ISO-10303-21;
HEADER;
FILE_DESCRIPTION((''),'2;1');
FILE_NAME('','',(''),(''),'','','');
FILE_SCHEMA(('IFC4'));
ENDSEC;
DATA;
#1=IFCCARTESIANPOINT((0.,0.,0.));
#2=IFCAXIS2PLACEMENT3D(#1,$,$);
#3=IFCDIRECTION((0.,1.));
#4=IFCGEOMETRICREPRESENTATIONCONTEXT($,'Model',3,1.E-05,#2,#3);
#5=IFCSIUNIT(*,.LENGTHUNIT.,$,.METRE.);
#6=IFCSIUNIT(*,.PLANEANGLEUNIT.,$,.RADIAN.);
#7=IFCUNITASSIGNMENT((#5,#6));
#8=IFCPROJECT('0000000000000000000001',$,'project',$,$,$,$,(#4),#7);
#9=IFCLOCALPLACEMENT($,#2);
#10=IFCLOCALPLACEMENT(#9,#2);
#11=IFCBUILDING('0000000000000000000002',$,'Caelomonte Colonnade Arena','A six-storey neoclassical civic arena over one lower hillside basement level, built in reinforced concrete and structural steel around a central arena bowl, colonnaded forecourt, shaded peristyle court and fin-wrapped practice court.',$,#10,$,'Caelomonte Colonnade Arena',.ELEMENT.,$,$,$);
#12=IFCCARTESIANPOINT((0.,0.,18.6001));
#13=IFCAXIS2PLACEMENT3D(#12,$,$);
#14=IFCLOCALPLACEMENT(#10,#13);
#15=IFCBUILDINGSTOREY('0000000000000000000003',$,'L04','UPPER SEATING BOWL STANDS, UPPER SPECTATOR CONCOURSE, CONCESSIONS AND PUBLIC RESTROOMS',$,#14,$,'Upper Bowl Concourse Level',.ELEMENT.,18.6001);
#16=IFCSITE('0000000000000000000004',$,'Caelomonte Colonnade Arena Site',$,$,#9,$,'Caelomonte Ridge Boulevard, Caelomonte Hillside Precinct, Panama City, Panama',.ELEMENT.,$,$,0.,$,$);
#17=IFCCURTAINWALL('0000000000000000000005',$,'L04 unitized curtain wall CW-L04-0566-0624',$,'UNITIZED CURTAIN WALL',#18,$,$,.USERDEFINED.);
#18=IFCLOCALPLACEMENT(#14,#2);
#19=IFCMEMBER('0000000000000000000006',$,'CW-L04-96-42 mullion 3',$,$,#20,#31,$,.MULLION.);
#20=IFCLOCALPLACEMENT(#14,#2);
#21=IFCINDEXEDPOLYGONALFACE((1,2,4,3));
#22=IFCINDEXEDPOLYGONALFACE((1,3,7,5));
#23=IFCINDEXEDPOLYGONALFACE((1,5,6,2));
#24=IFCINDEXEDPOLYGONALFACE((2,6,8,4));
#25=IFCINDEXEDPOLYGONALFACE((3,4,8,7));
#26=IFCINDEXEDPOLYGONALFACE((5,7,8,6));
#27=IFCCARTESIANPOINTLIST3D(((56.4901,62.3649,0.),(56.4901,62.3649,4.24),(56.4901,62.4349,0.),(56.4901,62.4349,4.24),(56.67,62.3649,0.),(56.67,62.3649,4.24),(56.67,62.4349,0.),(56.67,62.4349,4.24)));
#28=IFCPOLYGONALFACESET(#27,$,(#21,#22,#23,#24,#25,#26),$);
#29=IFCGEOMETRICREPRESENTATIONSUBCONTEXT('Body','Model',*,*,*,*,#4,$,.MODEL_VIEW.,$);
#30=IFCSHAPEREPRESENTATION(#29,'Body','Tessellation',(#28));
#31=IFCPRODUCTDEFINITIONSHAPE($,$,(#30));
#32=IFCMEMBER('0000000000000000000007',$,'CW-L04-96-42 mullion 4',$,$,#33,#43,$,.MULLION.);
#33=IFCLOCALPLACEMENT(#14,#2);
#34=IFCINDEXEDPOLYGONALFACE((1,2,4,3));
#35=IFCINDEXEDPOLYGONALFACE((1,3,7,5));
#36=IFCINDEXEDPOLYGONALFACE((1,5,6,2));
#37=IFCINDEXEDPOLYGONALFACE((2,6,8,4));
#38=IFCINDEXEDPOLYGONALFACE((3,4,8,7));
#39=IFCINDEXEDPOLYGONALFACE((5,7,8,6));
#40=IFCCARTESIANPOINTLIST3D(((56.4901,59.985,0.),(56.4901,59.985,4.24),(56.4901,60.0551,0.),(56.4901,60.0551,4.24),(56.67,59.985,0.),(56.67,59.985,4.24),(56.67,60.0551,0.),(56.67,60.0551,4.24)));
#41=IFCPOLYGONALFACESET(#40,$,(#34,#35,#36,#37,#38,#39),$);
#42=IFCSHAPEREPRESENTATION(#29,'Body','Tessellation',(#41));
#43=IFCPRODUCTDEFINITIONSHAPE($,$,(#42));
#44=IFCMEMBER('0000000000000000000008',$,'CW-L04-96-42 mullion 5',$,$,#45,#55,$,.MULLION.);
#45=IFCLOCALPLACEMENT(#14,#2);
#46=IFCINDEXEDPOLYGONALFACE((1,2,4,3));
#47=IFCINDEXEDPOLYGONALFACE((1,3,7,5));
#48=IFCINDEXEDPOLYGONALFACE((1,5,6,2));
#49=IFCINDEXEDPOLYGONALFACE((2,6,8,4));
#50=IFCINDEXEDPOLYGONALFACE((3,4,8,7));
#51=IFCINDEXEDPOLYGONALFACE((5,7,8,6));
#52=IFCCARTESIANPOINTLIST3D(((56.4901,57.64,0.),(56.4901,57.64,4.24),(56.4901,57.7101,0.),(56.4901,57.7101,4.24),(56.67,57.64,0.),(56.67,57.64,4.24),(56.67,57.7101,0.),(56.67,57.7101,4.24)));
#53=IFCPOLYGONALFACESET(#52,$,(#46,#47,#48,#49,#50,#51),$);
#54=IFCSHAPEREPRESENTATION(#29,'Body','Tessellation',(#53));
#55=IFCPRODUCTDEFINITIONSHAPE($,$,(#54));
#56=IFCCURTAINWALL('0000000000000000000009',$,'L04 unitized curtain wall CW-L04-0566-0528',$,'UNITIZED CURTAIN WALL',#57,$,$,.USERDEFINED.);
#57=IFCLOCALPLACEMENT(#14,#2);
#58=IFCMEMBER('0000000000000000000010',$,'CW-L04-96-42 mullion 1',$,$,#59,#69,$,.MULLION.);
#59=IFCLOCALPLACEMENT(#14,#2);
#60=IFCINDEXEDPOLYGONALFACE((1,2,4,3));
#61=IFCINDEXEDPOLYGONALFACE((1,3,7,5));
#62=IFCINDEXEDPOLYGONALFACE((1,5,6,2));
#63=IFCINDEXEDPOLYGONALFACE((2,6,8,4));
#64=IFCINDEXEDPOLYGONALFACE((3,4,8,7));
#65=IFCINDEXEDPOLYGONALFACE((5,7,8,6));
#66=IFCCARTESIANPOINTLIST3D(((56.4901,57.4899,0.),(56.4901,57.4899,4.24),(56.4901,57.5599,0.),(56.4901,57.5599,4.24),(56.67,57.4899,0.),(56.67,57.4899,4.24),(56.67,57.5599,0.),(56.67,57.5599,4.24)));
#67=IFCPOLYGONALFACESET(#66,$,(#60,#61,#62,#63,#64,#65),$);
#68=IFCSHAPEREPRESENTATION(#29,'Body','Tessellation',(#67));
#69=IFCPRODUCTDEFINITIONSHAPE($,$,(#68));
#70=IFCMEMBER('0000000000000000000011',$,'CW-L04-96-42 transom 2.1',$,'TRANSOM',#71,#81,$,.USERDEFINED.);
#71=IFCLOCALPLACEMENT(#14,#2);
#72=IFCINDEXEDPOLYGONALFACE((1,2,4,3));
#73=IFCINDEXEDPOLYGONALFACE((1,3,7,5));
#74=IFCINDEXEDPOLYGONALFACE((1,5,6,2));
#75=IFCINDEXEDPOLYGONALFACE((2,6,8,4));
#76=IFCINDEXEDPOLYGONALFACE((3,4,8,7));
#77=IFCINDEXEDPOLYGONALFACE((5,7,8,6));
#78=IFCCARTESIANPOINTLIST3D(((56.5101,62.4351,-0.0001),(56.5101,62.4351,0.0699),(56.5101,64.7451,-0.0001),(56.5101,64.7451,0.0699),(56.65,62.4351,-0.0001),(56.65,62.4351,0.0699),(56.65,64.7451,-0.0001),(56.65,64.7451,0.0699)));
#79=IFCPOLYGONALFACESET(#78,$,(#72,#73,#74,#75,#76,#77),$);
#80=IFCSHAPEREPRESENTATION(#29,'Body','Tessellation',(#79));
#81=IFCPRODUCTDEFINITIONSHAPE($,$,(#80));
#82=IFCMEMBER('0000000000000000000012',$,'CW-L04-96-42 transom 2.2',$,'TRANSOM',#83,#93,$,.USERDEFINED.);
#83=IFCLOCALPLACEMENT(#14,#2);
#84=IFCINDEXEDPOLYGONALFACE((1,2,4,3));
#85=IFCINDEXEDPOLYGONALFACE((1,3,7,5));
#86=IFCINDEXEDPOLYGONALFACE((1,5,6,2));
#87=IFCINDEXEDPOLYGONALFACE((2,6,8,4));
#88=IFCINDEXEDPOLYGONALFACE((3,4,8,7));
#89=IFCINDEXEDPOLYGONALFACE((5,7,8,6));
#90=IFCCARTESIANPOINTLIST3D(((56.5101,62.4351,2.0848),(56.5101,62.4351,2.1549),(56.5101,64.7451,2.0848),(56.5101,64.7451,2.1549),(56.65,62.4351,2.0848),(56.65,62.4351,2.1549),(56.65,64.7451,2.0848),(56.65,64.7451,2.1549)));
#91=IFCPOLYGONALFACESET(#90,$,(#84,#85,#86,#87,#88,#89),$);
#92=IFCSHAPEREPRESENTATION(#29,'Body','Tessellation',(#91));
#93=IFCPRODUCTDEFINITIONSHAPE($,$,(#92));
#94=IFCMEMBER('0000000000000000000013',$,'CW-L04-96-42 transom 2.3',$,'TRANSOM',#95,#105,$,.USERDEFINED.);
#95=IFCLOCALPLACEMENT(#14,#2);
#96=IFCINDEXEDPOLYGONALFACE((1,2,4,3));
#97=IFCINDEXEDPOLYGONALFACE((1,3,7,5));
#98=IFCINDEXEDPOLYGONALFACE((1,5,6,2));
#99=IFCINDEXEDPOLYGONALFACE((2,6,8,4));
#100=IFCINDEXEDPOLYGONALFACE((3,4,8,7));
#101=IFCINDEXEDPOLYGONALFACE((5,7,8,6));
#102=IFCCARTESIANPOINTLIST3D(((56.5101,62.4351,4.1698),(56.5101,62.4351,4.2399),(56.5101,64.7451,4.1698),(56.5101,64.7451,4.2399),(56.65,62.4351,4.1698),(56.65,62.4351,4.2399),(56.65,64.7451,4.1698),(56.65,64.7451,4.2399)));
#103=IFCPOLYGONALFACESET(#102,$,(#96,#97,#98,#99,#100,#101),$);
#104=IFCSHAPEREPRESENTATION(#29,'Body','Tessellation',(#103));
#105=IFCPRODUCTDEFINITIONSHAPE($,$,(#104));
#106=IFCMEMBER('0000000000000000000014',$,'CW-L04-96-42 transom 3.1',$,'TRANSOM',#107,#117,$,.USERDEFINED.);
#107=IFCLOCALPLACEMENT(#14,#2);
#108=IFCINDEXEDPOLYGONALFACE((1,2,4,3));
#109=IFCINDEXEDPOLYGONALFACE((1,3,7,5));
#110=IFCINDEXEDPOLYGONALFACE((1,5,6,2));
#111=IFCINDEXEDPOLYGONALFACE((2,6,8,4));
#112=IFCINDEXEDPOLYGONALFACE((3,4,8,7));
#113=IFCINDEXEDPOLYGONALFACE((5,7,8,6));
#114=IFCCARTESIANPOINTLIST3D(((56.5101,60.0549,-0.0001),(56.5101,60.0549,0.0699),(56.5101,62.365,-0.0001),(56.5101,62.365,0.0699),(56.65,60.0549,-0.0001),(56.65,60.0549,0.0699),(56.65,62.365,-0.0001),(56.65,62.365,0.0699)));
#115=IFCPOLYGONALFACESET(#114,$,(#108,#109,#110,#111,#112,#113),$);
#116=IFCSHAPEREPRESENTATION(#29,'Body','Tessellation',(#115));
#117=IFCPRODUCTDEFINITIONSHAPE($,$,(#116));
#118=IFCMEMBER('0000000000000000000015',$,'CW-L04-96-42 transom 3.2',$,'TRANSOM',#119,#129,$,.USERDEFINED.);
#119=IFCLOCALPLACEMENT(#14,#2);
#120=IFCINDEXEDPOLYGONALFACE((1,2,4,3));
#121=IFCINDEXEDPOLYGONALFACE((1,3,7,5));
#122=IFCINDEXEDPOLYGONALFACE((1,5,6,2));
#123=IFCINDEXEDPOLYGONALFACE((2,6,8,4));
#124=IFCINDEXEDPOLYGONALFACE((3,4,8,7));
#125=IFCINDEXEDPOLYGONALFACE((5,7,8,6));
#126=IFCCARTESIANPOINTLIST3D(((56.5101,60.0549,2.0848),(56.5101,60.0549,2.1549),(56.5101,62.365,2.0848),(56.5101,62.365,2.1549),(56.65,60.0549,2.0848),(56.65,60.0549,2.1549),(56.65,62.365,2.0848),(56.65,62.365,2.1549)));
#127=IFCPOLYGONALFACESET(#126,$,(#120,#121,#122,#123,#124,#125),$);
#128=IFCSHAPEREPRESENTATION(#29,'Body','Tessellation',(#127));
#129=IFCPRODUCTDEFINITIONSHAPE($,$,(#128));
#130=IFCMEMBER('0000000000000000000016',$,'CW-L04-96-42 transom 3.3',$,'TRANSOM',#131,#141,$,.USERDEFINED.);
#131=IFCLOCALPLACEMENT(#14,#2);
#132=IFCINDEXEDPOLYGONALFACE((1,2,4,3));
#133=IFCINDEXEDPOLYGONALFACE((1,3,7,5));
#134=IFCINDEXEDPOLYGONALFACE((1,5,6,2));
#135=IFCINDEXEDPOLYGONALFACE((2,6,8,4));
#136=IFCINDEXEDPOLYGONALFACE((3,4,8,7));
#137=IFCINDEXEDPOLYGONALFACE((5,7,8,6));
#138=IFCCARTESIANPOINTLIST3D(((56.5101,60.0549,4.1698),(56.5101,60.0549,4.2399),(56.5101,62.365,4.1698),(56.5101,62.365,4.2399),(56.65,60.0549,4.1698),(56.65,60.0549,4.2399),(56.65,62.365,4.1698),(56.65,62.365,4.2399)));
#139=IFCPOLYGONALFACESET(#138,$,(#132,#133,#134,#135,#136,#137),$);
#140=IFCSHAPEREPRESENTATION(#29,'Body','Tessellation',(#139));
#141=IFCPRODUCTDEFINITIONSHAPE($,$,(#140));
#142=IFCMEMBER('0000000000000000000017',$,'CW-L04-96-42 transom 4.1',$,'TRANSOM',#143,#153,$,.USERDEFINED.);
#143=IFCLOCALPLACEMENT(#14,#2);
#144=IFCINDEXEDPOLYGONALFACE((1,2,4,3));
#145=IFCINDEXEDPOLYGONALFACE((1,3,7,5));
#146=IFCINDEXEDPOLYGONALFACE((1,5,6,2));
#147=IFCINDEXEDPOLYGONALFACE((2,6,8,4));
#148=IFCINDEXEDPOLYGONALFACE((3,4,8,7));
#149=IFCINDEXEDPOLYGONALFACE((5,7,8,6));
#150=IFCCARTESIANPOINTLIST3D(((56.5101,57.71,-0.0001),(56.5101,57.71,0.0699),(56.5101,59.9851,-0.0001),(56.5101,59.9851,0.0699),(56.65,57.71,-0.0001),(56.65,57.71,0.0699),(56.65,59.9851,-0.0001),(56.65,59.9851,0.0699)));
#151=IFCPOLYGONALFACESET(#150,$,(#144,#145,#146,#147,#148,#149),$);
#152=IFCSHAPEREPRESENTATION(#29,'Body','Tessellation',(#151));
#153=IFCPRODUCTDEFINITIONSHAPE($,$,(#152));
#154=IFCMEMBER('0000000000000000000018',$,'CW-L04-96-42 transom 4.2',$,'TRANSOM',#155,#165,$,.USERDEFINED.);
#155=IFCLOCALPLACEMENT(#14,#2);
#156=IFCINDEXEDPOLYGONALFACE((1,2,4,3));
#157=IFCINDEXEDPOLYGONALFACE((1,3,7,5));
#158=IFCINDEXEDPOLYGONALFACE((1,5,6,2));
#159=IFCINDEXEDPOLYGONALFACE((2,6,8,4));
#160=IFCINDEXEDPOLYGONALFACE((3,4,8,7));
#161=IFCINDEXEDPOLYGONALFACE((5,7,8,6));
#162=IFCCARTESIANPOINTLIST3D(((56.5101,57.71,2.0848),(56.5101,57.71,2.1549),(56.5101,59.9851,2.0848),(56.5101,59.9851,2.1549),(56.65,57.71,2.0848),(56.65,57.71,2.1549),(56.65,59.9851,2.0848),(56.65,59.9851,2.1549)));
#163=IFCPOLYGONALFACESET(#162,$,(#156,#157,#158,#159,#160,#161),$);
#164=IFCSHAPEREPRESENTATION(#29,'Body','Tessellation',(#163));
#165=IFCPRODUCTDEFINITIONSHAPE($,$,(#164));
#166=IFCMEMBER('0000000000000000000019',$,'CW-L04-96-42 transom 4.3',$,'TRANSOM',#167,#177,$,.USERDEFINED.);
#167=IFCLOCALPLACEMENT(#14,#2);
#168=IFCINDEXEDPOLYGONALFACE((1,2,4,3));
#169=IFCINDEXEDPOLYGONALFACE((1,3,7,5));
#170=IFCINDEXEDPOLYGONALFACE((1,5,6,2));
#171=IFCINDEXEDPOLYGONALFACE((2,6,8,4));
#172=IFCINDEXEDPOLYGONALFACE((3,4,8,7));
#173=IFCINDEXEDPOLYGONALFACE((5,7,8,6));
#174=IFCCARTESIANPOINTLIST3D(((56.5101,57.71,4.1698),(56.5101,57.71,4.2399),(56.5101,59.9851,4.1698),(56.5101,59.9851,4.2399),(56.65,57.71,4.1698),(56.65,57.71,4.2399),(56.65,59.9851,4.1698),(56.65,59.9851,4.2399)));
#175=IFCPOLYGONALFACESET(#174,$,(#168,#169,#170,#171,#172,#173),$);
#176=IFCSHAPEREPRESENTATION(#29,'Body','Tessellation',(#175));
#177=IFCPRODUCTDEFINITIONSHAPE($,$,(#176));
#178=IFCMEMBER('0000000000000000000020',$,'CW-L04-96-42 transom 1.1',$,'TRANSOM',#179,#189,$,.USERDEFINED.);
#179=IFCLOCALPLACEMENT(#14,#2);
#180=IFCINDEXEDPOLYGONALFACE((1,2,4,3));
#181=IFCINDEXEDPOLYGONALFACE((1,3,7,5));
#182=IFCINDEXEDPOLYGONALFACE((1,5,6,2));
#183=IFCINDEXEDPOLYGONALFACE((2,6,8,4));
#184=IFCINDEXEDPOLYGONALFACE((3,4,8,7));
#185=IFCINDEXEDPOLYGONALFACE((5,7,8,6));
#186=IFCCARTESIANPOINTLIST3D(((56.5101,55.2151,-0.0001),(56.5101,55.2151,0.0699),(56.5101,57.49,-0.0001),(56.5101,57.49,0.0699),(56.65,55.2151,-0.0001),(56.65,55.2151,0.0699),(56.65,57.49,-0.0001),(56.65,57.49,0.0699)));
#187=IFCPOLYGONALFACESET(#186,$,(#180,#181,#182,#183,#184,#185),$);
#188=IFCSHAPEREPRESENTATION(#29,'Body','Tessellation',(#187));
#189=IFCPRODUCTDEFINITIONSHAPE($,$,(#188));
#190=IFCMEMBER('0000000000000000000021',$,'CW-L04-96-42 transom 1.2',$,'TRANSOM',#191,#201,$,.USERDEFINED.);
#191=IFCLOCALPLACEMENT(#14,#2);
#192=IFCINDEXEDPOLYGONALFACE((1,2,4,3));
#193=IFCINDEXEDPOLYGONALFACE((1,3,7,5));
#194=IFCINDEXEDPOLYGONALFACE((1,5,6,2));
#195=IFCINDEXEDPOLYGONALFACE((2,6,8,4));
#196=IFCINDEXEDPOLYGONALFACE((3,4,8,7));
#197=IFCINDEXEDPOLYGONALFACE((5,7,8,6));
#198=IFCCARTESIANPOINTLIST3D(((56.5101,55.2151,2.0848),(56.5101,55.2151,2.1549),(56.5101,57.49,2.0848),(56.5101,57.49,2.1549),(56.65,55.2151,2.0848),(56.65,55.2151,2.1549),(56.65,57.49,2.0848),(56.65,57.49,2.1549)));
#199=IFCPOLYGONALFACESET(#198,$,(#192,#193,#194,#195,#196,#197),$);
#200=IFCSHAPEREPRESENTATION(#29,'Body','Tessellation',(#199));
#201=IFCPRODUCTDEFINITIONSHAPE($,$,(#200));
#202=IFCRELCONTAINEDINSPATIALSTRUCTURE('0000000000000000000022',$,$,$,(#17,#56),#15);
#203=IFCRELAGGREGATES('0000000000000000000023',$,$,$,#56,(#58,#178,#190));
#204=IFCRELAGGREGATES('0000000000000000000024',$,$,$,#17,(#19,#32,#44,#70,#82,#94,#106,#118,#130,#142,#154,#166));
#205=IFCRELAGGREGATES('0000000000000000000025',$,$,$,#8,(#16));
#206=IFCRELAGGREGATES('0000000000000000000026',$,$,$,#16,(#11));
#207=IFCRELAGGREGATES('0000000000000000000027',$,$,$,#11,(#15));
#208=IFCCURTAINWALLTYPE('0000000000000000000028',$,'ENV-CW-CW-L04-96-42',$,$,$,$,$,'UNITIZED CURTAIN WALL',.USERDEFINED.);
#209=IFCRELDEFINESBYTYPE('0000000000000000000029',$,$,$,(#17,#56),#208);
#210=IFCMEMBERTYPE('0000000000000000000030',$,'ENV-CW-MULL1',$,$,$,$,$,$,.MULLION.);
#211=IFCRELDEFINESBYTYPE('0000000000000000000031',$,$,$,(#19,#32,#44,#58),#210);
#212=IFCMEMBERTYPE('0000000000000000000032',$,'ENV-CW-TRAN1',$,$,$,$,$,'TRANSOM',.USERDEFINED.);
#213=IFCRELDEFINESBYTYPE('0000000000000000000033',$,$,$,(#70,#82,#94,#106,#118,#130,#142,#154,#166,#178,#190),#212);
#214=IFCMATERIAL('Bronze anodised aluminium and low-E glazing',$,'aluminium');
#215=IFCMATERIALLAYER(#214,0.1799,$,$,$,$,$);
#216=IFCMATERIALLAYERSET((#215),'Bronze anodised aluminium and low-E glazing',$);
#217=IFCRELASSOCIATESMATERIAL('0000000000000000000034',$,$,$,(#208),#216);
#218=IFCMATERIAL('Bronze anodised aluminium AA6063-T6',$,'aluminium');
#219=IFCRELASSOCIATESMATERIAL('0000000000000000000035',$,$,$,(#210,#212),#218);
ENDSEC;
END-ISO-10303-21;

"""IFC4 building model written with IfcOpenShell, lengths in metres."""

from ifc_helpers import new_model, si_unit, direction, frame, origin, origin_2d, place, context, subcontext, project, spatial, rectangle, extrude, material, layer, layer_set, material_profile, profile_set, type_object, element, aggregate, save


model = new_model("IFC4")

# Units and contexts
model_context = context("Model", 3, precision=1e-05, world=origin(), true_north=direction((0.0, 1.0)))
body_context = subcontext(model_context, "Body", "Model", "MODEL_VIEW")
ifc_project = project(units=[si_unit("LENGTHUNIT", "METRE"), si_unit("PLANEANGLEUNIT", "RADIAN")], contexts=[model_context])

# Site, building, storey
site_placement = place(None, origin())
site = spatial("IfcSite", under=ifc_project, at=site_placement, Name="Caelomonte Colonnade Arena Site", LongName="Caelomonte Ridge Boulevard, Caelomonte Hillside Precinct, Panama City, Panama", CompositionType="ELEMENT", RefElevation=0.0)
building_placement = place(site_placement, origin())
building = spatial("IfcBuilding", under=site, at=building_placement, Name="Caelomonte Colonnade Arena", Description="A six-storey neoclassical civic arena over one lower hillside basement level, built in reinforced concrete and structural steel around a central arena bowl, colonnaded forecourt, shaded peristyle court and fin-wrapped practice court.", LongName="Caelomonte Colonnade Arena", CompositionType="ELEMENT")
storey_placement = place(building_placement, frame((0.0, 0.0, 18.6001)))
storey = spatial("IfcBuildingStorey", under=building, at=storey_placement, Name="L04", Description="UPPER SEATING BOWL STANDS, UPPER SPECTATOR CONCOURSE, CONCESSIONS AND PUBLIC RESTROOMS", LongName="Upper Bowl Concourse Level", CompositionType="ELEMENT", Elevation=18.6001)

# Curtain wall, members
ifc_material_1 = material(Name="Bronze anodised aluminium and low-E glazing", Category="aluminium")
ifc_layer_1 = layer(ifc_material_1, 0.1799)
ifc_layer_set_1 = layer_set([ifc_layer_1], Name="Bronze anodised aluminium and low-E glazing")
curtain_wall_type = type_object("IfcCurtainWallType", Name="ENV-CW-CW-L04-96-42", ElementType="UNITIZED CURTAIN WALL", PredefinedType="USERDEFINED", material=ifc_layer_set_1)
curtain_wall_1_placement = place(storey_placement, origin())
curtain_wall_1 = element("IfcCurtainWall", 1, at=curtain_wall_1_placement, inside=storey, type_object=curtain_wall_type, Name="L04 unitized curtain wall CW-L04-0566-0624", ObjectType="UNITIZED CURTAIN WALL", PredefinedType="USERDEFINED")
ifc_material_2 = material(Name="Bronze anodised aluminium AA6063-T6", Category="aluminium")
ifc_material_profile_1 = material_profile(ifc_material_2, rectangle(XDim=0.0701, YDim=0.1799, at=origin_2d()), Name="CWM-70X180")
ifc_profile_set_1 = profile_set([ifc_material_profile_1], Name="Bronze anodised aluminium AA6063-T6")
member_type_1 = type_object("IfcMemberType", Name="ENV-CW-MULL1", PredefinedType="MULLION", material=ifc_profile_set_1)
member_1_placement = place(storey_placement, frame((56.5801, 62.3999, 0.0), z_axis=(0.0, 0.0, 1.0), x_axis=(0.0, -1.0, 0.0)))
member_1 = element("IfcMember", 2, at=member_1_placement, type_object=member_type_1, Name="CW-L04-96-42 mullion 3", PredefinedType="MULLION", context=body_context, shape_type="SweptSolid", body=[
    extrude(rectangle(XDim=0.0701, YDim=0.1799, at=origin_2d()), origin(), (0.0, 0.0, 1.0), 4.24),
])
member_2_placement = place(storey_placement, frame((56.5801, 60.02, 0.0), z_axis=(0.0, 0.0, 1.0), x_axis=(0.0, -1.0, 0.0)))
member_2 = element("IfcMember", 3, at=member_2_placement, type_object=member_type_1, Name="CW-L04-96-42 mullion 4", PredefinedType="MULLION", context=body_context, shape_type="SweptSolid", body=[
    extrude(rectangle(XDim=0.0701, YDim=0.1799, at=origin_2d()), origin(), (0.0, 0.0, 1.0), 4.24),
])
member_3_placement = place(storey_placement, frame((56.5801, 57.675, 0.0), z_axis=(0.0, 0.0, 1.0), x_axis=(0.0, -1.0, 0.0)))
member_3 = element("IfcMember", 4, at=member_3_placement, type_object=member_type_1, Name="CW-L04-96-42 mullion 5", PredefinedType="MULLION", context=body_context, shape_type="SweptSolid", body=[
    extrude(rectangle(XDim=0.0701, YDim=0.1799, at=origin_2d()), origin(), (0.0, 0.0, 1.0), 4.24),
])

# Curtain wall, member
curtain_wall_2_placement = place(storey_placement, origin())
curtain_wall_2 = element("IfcCurtainWall", 5, at=curtain_wall_2_placement, inside=storey, type_object=curtain_wall_type, Name="L04 unitized curtain wall CW-L04-0566-0528", ObjectType="UNITIZED CURTAIN WALL", PredefinedType="USERDEFINED")
member_4_placement = place(storey_placement, frame((56.5801, 57.5249, 0.0), z_axis=(0.0, 0.0, 1.0), x_axis=(0.0, -1.0, 0.0)))
member_4 = element("IfcMember", 6, at=member_4_placement, type_object=member_type_1, Name="CW-L04-96-42 mullion 1", PredefinedType="MULLION", context=body_context, shape_type="SweptSolid", body=[
    extrude(rectangle(XDim=0.0701, YDim=0.1799, at=origin_2d()), origin(), (0.0, 0.0, 1.0), 4.24),
])

# Members
ifc_material_profile_2 = material_profile(ifc_material_2, rectangle(XDim=0.0701, YDim=0.1399, at=origin_2d()), Name="CWT-70X140")
ifc_profile_set_2 = profile_set([ifc_material_profile_2], Name="Bronze anodised aluminium AA6063-T6")
member_type_2 = type_object("IfcMemberType", Name="ENV-CW-TRAN1", ElementType="TRANSOM", PredefinedType="USERDEFINED", material=ifc_profile_set_2)
member_5_placement = place(storey_placement, frame((56.5801, 64.7451, 0.0349), z_axis=(0.0, -1.0, 0.0), x_axis=(0.0, 0.0, 1.0)))
member_5 = element("IfcMember", 7, at=member_5_placement, type_object=member_type_2, Name="CW-L04-96-42 transom 2.1", ObjectType="TRANSOM", PredefinedType="USERDEFINED", context=body_context, shape_type="SweptSolid", body=[
    extrude(rectangle(XDim=0.0701, YDim=0.1399, at=origin_2d()), origin(), (0.0, 0.0, 1.0), 2.3101),
])
member_6_placement = place(storey_placement, frame((56.5801, 64.7451, 2.1199), z_axis=(0.0, -1.0, 0.0), x_axis=(0.0, 0.0, 1.0)))
member_6 = element("IfcMember", 8, at=member_6_placement, type_object=member_type_2, Name="CW-L04-96-42 transom 2.2", ObjectType="TRANSOM", PredefinedType="USERDEFINED", context=body_context, shape_type="SweptSolid", body=[
    extrude(rectangle(XDim=0.0701, YDim=0.1399, at=origin_2d()), origin(), (0.0, 0.0, 1.0), 2.3101),
])
member_7_placement = place(storey_placement, frame((56.5801, 64.7451, 4.2048), z_axis=(0.0, -1.0, 0.0), x_axis=(0.0, 0.0, 1.0)))
member_7 = element("IfcMember", 9, at=member_7_placement, type_object=member_type_2, Name="CW-L04-96-42 transom 2.3", ObjectType="TRANSOM", PredefinedType="USERDEFINED", context=body_context, shape_type="SweptSolid", body=[
    extrude(rectangle(XDim=0.0701, YDim=0.1399, at=origin_2d()), origin(), (0.0, 0.0, 1.0), 2.3101),
])
member_8_placement = place(storey_placement, frame((56.5801, 62.365, 0.0349), z_axis=(0.0, -1.0, 0.0), x_axis=(0.0, 0.0, 1.0)))
member_8 = element("IfcMember", 10, at=member_8_placement, type_object=member_type_2, Name="CW-L04-96-42 transom 3.1", ObjectType="TRANSOM", PredefinedType="USERDEFINED", context=body_context, shape_type="SweptSolid", body=[
    extrude(rectangle(XDim=0.0701, YDim=0.1399, at=origin_2d()), origin(), (0.0, 0.0, 1.0), 2.3101),
])
member_9_placement = place(storey_placement, frame((56.5801, 62.365, 2.1199), z_axis=(0.0, -1.0, 0.0), x_axis=(0.0, 0.0, 1.0)))
member_9 = element("IfcMember", 11, at=member_9_placement, type_object=member_type_2, Name="CW-L04-96-42 transom 3.2", ObjectType="TRANSOM", PredefinedType="USERDEFINED", context=body_context, shape_type="SweptSolid", body=[
    extrude(rectangle(XDim=0.0701, YDim=0.1399, at=origin_2d()), origin(), (0.0, 0.0, 1.0), 2.3101),
])
member_10_placement = place(storey_placement, frame((56.5801, 62.365, 4.2048), z_axis=(0.0, -1.0, 0.0), x_axis=(0.0, 0.0, 1.0)))
member_10 = element("IfcMember", 12, at=member_10_placement, type_object=member_type_2, Name="CW-L04-96-42 transom 3.3", ObjectType="TRANSOM", PredefinedType="USERDEFINED", context=body_context, shape_type="SweptSolid", body=[
    extrude(rectangle(XDim=0.0701, YDim=0.1399, at=origin_2d()), origin(), (0.0, 0.0, 1.0), 2.3101),
])
member_11_placement = place(storey_placement, frame((56.5801, 59.9851, 0.0349), z_axis=(0.0, -1.0, 0.0), x_axis=(0.0, 0.0, 1.0)))
member_11 = element("IfcMember", 13, at=member_11_placement, type_object=member_type_2, Name="CW-L04-96-42 transom 4.1", ObjectType="TRANSOM", PredefinedType="USERDEFINED", context=body_context, shape_type="SweptSolid", body=[
    extrude(rectangle(XDim=0.0701, YDim=0.1399, at=origin_2d()), origin(), (0.0, 0.0, 1.0), 2.2751),
])
member_12_placement = place(storey_placement, frame((56.5801, 59.9851, 2.1199), z_axis=(0.0, -1.0, 0.0), x_axis=(0.0, 0.0, 1.0)))
member_12 = element("IfcMember", 14, at=member_12_placement, type_object=member_type_2, Name="CW-L04-96-42 transom 4.2", ObjectType="TRANSOM", PredefinedType="USERDEFINED", context=body_context, shape_type="SweptSolid", body=[
    extrude(rectangle(XDim=0.0701, YDim=0.1399, at=origin_2d()), origin(), (0.0, 0.0, 1.0), 2.2751),
])
member_13_placement = place(storey_placement, frame((56.5801, 59.9851, 4.2048), z_axis=(0.0, -1.0, 0.0), x_axis=(0.0, 0.0, 1.0)))
member_13 = element("IfcMember", 15, at=member_13_placement, type_object=member_type_2, Name="CW-L04-96-42 transom 4.3", ObjectType="TRANSOM", PredefinedType="USERDEFINED", context=body_context, shape_type="SweptSolid", body=[
    extrude(rectangle(XDim=0.0701, YDim=0.1399, at=origin_2d()), origin(), (0.0, 0.0, 1.0), 2.2751),
])
member_14_placement = place(storey_placement, frame((56.5801, 57.49, 0.0349), z_axis=(0.0, -1.0, 0.0), x_axis=(0.0, 0.0, 1.0)))
member_14 = element("IfcMember", 16, at=member_14_placement, type_object=member_type_2, Name="CW-L04-96-42 transom 1.1", ObjectType="TRANSOM", PredefinedType="USERDEFINED", context=body_context, shape_type="SweptSolid", body=[
    extrude(rectangle(XDim=0.0701, YDim=0.1399, at=origin_2d()), origin(), (0.0, 0.0, 1.0), 2.2749),
])
member_15_placement = place(storey_placement, frame((56.5801, 57.49, 2.1199), z_axis=(0.0, -1.0, 0.0), x_axis=(0.0, 0.0, 1.0)))
member_15 = element("IfcMember", 17, at=member_15_placement, type_object=member_type_2, Name="CW-L04-96-42 transom 1.2", ObjectType="TRANSOM", PredefinedType="USERDEFINED", context=body_context, shape_type="SweptSolid", body=[
    extrude(rectangle(XDim=0.0701, YDim=0.1399, at=origin_2d()), origin(), (0.0, 0.0, 1.0), 2.2749),
])
aggregate(curtain_wall_2, [member_4, member_14, member_15])

aggregate(curtain_wall_1, [member_1, member_2, member_3, member_5, member_6, member_7, member_8, member_9, member_10, member_11, member_12, member_13])

save(model, "model.ifc")
